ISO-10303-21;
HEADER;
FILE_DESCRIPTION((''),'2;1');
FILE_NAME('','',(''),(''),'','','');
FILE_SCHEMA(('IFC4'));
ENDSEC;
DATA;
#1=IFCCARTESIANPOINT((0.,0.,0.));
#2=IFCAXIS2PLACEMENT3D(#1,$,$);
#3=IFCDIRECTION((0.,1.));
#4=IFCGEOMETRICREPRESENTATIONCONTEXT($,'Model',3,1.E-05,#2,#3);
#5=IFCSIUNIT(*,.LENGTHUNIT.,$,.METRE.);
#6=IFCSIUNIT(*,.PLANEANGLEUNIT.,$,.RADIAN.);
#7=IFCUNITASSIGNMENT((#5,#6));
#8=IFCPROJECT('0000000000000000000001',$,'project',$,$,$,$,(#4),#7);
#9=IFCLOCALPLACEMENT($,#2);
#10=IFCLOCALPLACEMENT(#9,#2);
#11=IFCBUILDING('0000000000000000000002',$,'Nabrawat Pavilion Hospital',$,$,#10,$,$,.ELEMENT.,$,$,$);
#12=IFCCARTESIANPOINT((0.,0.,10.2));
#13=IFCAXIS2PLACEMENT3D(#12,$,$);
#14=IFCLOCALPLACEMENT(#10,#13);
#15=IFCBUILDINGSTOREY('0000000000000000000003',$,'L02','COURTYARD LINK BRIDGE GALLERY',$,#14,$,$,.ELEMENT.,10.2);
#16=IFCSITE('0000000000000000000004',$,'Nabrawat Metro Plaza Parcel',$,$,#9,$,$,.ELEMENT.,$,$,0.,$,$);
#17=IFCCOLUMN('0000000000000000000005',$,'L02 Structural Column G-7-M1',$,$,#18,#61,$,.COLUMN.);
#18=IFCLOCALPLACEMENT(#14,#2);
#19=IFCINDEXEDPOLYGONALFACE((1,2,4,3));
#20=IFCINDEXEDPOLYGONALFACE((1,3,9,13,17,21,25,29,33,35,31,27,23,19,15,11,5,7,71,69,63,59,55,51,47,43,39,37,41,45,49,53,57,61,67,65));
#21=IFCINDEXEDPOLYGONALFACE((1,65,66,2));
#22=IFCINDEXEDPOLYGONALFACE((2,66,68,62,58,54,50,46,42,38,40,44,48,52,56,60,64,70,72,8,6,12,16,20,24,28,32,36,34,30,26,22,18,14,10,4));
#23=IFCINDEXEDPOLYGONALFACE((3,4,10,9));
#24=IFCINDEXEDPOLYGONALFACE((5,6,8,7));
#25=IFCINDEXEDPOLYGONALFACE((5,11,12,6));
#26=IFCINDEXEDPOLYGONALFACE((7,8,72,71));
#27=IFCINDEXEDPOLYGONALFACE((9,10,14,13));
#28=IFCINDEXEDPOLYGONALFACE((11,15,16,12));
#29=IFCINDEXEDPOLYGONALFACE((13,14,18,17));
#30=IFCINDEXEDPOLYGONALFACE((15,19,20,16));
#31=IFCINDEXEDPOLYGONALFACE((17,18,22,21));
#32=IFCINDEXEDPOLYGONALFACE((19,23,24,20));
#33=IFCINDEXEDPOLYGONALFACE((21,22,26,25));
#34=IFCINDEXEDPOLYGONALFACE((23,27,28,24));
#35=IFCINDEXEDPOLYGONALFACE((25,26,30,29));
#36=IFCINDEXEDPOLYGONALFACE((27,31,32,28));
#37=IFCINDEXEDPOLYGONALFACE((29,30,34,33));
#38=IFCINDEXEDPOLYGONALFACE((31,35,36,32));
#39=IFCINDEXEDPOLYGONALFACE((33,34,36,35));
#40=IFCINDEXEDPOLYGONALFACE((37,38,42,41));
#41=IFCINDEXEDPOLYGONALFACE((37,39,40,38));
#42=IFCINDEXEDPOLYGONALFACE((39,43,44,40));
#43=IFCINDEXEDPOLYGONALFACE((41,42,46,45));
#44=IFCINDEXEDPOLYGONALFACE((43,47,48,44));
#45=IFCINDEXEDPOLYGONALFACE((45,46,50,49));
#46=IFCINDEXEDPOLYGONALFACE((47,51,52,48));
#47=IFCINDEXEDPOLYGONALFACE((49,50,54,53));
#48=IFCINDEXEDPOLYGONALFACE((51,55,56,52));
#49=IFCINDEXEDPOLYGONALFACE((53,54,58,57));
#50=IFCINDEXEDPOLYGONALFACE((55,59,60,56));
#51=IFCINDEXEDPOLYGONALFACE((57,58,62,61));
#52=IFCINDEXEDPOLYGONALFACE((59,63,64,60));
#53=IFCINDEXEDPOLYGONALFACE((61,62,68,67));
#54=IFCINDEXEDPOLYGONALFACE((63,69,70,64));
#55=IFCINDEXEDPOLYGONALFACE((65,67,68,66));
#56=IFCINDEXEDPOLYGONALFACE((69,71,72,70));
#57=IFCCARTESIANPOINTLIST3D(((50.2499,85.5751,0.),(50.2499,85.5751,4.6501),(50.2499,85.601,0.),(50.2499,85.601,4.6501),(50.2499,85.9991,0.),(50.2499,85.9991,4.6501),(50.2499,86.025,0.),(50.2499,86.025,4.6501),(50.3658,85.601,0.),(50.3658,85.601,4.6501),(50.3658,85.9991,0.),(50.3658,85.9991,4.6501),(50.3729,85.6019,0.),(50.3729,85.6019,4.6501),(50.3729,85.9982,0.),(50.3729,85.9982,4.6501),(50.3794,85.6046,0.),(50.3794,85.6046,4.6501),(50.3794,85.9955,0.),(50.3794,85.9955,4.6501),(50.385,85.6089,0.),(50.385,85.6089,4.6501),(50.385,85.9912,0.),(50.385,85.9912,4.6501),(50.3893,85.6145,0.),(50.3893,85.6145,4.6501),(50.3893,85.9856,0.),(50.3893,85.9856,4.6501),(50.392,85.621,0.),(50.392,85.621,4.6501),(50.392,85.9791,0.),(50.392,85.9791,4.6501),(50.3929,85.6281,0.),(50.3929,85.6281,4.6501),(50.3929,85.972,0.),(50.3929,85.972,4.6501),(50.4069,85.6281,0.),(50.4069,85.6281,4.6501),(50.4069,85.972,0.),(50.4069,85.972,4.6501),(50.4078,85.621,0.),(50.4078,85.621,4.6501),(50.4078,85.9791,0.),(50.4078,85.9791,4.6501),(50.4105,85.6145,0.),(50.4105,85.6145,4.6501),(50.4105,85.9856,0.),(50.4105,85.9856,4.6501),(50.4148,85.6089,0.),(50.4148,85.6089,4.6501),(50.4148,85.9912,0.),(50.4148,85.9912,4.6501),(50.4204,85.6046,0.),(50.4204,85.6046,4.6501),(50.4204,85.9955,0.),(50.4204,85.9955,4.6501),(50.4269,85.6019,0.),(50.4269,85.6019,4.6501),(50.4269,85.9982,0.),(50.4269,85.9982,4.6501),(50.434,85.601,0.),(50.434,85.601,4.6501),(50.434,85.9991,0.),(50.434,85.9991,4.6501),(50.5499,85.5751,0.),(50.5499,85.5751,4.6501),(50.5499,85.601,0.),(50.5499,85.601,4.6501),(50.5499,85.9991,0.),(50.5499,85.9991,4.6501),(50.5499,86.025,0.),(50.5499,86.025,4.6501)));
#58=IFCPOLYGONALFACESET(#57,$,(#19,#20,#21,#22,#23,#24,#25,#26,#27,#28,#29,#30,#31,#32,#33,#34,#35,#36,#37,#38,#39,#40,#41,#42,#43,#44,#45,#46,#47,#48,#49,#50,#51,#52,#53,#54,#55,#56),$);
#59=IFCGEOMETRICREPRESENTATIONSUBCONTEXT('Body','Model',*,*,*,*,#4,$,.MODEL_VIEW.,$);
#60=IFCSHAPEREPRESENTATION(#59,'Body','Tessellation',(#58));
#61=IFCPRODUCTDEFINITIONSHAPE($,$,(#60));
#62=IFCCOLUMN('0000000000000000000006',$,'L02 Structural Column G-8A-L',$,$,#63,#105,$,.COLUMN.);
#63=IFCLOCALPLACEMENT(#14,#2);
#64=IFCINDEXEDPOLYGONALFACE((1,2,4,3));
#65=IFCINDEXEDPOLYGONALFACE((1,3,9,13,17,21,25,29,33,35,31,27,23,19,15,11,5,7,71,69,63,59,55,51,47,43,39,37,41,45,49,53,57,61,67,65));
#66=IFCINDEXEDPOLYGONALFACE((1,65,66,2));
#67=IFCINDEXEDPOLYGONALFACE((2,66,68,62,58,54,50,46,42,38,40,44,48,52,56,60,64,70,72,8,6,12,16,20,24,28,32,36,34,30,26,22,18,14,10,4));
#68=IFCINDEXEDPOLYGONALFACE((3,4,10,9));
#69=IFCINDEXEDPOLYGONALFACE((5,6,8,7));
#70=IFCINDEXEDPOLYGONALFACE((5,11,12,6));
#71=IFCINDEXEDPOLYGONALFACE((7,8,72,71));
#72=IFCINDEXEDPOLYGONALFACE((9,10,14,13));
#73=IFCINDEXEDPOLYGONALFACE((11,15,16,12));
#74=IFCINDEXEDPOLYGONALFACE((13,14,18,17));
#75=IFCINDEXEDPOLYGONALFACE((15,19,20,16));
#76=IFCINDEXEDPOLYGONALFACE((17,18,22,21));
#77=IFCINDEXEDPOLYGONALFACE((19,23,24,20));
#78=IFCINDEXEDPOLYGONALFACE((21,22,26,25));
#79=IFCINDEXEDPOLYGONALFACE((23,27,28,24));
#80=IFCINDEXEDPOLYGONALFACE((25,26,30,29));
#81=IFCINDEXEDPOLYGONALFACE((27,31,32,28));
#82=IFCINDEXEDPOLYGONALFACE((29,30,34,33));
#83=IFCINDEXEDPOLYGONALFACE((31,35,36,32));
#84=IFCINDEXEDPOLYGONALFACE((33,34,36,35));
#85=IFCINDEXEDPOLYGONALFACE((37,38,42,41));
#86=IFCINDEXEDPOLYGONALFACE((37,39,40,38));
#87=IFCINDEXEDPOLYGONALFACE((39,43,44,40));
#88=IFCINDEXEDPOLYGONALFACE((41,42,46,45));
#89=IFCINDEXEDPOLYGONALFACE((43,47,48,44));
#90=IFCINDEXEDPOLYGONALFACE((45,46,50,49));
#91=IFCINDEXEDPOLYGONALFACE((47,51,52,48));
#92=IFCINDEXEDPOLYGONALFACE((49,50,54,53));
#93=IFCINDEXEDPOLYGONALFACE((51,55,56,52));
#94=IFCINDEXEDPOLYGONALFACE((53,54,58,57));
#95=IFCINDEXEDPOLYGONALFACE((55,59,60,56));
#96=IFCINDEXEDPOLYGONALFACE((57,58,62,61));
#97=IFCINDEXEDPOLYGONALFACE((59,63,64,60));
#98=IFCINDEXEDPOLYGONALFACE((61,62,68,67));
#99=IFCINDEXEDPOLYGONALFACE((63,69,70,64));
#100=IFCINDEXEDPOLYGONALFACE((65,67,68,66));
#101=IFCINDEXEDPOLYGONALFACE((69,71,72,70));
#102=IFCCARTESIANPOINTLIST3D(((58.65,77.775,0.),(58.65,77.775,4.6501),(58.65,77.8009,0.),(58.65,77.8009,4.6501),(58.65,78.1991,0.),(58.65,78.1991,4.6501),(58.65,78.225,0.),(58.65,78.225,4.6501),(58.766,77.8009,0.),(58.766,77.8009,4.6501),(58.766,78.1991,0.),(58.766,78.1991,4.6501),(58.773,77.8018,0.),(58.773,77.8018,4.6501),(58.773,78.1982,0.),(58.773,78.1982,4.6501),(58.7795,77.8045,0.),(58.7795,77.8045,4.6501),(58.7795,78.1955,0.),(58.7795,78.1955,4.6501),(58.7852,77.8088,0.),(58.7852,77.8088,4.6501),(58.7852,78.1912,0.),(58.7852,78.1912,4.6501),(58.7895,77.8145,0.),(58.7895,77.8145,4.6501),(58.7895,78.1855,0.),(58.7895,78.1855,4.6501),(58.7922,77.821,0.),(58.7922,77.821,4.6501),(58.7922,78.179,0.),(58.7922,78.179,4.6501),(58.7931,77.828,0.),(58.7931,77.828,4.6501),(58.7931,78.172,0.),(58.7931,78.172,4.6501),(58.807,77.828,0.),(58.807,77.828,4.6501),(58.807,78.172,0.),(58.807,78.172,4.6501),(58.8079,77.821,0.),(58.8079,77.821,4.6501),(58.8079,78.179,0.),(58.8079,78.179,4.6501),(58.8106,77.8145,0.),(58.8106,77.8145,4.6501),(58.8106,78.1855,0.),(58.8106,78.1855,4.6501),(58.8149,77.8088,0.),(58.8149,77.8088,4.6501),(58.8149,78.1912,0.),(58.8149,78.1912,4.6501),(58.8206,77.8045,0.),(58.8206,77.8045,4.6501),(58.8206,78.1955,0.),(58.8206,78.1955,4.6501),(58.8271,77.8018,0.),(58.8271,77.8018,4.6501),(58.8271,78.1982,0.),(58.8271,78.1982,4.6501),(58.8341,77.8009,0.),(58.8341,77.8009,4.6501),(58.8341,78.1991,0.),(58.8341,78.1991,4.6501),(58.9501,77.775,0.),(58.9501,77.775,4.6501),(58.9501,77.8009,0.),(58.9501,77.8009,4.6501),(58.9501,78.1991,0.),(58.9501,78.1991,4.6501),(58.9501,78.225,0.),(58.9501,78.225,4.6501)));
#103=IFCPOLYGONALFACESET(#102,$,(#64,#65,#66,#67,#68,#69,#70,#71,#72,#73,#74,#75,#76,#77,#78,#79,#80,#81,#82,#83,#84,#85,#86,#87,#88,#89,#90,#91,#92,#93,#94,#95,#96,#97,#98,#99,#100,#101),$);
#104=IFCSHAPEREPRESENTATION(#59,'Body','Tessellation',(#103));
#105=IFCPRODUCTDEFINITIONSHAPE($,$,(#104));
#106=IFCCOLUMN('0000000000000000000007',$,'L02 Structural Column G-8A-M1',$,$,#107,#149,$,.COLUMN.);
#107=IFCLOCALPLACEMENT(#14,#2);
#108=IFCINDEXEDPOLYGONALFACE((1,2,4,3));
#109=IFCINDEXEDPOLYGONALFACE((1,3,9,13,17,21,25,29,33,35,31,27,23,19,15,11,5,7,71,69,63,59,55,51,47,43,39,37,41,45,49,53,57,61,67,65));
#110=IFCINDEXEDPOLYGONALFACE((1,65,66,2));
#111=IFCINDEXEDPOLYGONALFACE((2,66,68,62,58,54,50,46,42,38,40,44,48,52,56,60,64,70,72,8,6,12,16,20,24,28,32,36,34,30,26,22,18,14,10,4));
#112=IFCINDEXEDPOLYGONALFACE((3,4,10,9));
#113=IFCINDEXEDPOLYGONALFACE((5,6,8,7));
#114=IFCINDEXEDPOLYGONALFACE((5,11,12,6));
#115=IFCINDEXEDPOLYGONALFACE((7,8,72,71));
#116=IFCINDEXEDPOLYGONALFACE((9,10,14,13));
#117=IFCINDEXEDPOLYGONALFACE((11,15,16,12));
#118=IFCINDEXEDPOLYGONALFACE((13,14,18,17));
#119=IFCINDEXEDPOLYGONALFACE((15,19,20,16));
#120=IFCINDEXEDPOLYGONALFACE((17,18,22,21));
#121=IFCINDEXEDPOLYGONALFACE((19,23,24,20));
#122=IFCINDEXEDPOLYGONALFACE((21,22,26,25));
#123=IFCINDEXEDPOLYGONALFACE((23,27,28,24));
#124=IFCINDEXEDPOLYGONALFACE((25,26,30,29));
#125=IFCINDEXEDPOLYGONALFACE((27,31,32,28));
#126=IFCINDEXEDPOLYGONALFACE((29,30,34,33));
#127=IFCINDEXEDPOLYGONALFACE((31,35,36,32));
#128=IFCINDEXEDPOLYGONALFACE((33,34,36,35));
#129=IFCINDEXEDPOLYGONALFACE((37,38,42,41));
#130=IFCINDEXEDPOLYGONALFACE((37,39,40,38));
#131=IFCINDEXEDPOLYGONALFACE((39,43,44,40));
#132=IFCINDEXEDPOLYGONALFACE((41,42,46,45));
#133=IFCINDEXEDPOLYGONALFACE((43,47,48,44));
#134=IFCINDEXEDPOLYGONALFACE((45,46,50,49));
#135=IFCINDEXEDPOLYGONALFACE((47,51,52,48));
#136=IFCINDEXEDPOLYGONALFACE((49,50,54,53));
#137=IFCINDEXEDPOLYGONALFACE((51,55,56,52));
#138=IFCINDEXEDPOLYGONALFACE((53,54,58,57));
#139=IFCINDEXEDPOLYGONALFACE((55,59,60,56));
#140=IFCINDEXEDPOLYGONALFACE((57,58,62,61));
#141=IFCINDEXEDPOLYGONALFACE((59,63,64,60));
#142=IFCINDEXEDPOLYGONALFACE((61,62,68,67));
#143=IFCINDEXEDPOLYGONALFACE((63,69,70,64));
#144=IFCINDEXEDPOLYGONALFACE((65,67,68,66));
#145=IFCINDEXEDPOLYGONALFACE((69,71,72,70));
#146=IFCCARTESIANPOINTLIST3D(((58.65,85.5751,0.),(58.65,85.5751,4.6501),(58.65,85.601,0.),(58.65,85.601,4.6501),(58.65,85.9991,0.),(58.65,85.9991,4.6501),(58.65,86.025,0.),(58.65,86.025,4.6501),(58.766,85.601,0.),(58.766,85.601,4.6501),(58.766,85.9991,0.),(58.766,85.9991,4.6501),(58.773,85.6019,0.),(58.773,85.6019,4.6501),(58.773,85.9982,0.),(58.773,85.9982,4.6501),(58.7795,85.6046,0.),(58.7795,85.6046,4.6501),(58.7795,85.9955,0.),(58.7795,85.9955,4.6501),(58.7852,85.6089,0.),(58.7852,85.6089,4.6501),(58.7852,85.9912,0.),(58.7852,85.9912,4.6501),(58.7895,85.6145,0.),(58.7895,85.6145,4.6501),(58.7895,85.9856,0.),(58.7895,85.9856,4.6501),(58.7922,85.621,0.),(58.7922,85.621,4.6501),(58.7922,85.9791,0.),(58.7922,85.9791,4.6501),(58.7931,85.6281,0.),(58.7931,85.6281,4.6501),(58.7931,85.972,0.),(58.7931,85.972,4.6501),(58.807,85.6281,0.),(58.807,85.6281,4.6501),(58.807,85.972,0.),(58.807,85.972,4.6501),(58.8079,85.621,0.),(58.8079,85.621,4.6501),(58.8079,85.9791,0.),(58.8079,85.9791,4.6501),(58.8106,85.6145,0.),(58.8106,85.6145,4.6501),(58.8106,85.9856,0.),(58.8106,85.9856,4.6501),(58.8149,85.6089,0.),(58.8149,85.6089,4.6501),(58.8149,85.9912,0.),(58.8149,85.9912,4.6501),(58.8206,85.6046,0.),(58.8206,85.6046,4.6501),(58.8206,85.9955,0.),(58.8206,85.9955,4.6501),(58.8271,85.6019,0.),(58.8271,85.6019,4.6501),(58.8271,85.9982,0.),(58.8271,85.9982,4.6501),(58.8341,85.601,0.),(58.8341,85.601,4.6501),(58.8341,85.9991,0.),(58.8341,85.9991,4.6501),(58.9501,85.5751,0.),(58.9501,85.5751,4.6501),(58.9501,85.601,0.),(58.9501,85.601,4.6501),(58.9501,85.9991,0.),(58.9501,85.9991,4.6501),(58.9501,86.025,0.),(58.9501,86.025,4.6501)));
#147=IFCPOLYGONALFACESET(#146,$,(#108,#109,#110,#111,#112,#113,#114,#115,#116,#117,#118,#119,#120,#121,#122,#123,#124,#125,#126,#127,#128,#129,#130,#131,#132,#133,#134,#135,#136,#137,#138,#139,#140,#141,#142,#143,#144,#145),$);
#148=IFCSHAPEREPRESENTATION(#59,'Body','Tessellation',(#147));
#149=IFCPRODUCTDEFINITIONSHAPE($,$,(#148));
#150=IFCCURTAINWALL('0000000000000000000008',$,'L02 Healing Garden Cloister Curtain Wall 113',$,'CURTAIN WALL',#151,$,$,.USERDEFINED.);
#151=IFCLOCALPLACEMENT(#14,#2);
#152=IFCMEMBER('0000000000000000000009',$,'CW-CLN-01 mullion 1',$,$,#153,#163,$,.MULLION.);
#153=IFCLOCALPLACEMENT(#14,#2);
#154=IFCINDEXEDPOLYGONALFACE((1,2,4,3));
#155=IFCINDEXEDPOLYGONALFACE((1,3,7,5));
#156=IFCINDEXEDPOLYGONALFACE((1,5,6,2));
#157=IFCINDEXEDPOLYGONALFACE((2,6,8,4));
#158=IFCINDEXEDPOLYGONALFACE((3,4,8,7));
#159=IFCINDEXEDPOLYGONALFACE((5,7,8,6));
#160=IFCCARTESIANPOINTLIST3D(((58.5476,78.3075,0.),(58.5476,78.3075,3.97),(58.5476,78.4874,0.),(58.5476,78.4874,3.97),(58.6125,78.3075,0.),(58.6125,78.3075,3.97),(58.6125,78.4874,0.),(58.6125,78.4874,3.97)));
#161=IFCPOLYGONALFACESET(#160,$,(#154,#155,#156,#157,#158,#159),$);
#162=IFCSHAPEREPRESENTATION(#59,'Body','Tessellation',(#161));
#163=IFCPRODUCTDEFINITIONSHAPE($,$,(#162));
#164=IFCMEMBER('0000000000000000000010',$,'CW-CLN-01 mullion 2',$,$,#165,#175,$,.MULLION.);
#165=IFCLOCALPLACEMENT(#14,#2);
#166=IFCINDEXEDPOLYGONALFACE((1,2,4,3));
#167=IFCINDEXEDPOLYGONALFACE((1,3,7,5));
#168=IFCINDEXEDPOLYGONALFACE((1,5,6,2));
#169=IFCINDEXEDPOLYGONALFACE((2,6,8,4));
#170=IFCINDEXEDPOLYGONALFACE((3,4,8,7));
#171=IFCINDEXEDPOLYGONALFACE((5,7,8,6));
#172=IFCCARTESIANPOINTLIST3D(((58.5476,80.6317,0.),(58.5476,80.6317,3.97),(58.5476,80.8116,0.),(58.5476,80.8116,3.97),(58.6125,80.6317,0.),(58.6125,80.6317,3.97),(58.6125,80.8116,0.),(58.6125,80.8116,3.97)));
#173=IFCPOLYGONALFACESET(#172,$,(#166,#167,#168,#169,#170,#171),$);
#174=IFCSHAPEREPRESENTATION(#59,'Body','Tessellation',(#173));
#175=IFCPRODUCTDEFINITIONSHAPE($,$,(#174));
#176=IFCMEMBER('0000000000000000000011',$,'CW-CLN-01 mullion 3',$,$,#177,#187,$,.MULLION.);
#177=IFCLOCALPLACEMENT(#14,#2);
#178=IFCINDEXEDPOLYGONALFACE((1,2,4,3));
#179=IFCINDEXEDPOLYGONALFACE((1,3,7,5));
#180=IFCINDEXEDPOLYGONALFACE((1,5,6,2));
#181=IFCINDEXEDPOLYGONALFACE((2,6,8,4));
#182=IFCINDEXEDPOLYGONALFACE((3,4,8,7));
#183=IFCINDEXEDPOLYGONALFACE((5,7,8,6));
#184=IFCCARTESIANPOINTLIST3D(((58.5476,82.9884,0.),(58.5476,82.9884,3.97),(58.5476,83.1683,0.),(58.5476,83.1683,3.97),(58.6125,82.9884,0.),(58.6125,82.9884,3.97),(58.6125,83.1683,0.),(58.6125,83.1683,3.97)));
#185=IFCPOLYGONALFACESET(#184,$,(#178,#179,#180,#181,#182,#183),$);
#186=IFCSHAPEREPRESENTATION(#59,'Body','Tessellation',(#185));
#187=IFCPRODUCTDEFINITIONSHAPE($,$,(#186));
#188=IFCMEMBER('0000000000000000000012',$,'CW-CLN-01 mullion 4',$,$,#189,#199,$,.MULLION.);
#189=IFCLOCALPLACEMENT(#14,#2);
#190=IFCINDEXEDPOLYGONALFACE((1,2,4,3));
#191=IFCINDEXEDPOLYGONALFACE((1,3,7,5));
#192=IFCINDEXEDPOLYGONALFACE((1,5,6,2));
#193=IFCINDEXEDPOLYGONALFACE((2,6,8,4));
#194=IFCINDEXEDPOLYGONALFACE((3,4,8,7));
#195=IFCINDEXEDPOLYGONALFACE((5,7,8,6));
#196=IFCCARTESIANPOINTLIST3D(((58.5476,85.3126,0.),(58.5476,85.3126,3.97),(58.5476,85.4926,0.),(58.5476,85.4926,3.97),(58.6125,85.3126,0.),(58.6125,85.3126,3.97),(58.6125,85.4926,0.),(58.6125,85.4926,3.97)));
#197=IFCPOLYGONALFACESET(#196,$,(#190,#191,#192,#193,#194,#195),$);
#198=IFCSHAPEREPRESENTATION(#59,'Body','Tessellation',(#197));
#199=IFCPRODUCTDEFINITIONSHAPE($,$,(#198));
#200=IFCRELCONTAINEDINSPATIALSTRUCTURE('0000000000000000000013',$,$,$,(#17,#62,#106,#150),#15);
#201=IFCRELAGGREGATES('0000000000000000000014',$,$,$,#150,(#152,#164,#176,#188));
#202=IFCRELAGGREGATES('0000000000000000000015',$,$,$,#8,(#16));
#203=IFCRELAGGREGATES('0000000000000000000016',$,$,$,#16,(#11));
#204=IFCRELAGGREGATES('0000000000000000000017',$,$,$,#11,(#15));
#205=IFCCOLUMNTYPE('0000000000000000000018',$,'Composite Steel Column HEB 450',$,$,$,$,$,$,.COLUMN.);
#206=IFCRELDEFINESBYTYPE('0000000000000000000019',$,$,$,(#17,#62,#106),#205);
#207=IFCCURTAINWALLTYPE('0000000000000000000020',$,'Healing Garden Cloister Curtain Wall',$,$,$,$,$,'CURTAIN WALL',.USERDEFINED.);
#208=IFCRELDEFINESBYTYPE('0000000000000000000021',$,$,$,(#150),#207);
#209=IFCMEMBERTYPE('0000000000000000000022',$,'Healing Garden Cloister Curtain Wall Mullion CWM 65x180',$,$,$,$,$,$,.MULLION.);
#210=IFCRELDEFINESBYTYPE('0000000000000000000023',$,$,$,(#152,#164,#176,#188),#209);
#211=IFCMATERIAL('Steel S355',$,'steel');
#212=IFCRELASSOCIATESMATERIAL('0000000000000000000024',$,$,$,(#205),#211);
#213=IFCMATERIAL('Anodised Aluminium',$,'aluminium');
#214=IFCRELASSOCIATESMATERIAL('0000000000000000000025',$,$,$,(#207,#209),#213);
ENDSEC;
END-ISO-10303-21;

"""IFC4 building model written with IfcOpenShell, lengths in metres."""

from ifc_helpers import new_model, si_unit, direction, frame, origin, origin_2d, place, context, subcontext, project, spatial, rectangle, i_section, extrude, material, material_profile, profile_set, type_object, element, aggregate, save


model = new_model("IFC4")

# Units and contexts
model_context = context("Model", 3, precision=1e-05, world=origin(), true_north=direction((0.0, 1.0)))
body_context = subcontext(model_context, "Body", "Model", "MODEL_VIEW")
ifc_project = project(units=[si_unit("LENGTHUNIT", "METRE"), si_unit("PLANEANGLEUNIT", "RADIAN")], contexts=[model_context])

# Site, building, storey
site_placement = place(None, origin())
site = spatial("IfcSite", under=ifc_project, at=site_placement, Name="Nabrawat Metro Plaza Parcel", CompositionType="ELEMENT", RefElevation=0.0)
building_placement = place(site_placement, origin())
building = spatial("IfcBuilding", under=site, at=building_placement, Name="Nabrawat Pavilion Hospital", CompositionType="ELEMENT")
storey_placement = place(building_placement, frame((0.0, 0.0, 10.2)))
storey = spatial("IfcBuildingStorey", under=building, at=storey_placement, Name="L02", Description="COURTYARD LINK BRIDGE GALLERY", CompositionType="ELEMENT", Elevation=10.2)

# Columns
ifc_material_1 = material(Name="Steel S355", Category="steel")
ifc_material_profile_1 = material_profile(ifc_material_1, i_section(OverallWidth=0.3, OverallDepth=0.45, WebThickness=0.0139, FlangeThickness=0.0259, FilletRadius=0.0271, at=origin_2d()), Name="HEB 450")
ifc_profile_set_1 = profile_set([ifc_material_profile_1], Name="Steel S355")
column_type = type_object("IfcColumnType", Name="Composite Steel Column HEB 450", PredefinedType="COLUMN", material=ifc_profile_set_1)
for number, where, z_axis, x_axis, name in (
    (1, (50.3999, 85.8, 0.0), (0.0, 0.0, 1.0), (1.0, 0.0, 0.0), "L02 Structural Column G-7-M1"),
    (2, (58.8, 78.0, 0.0), (0.0, 0.0, 1.0), (1.0, 0.0, 0.0), "L02 Structural Column G-8A-L"),
    (3, (58.8, 85.8, 0.0), (0.0, 0.0, 1.0), (1.0, 0.0, 0.0), "L02 Structural Column G-8A-M1"),
):
    element("IfcColumn", number, at=place(storey_placement, frame(where, z_axis=z_axis, x_axis=x_axis)), inside=storey, type_object=column_type, Name=name, PredefinedType="COLUMN", context=body_context, shape_type="SweptSolid", body=[
        extrude(i_section(OverallWidth=0.3, OverallDepth=0.45, WebThickness=0.0139, FlangeThickness=0.0259, FilletRadius=0.0271, at=origin_2d()), origin(), (0.0, 0.0, 1.0), 4.6501),
    ])

# Curtain wall, members
ifc_material_2 = material(Name="Anodised Aluminium", Category="aluminium")
curtain_wall_type = type_object("IfcCurtainWallType", Name="Healing Garden Cloister Curtain Wall", ElementType="CURTAIN WALL", PredefinedType="USERDEFINED", material=ifc_material_2)
curtain_wall_placement = place(storey_placement, origin())
curtain_wall = element("IfcCurtainWall", 4, at=curtain_wall_placement, inside=storey, type_object=curtain_wall_type, Name="L02 Healing Garden Cloister Curtain Wall 113", ObjectType="CURTAIN WALL", PredefinedType="USERDEFINED")
ifc_material_profile_2 = material_profile(ifc_material_2, rectangle(XDim=0.0649, YDim=0.1799, at=origin_2d()), Name="CWM 65x180")
ifc_profile_set_2 = profile_set([ifc_material_profile_2], Name="Anodised Aluminium")
member_type_1 = type_object("IfcMemberType", Name="Healing Garden Cloister Curtain Wall Mullion CWM 65x180", PredefinedType="MULLION", material=ifc_profile_set_2)
member_1_placement = place(storey_placement, frame((58.5801, 78.3975, 0.0), z_axis=(0.0, 0.0, 1.0), x_axis=(-1.0, 0.0, 0.0)))
member_1 = element("IfcMember", 5, at=member_1_placement, type_object=member_type_1, Name="CW-CLN-01 mullion 1", PredefinedType="MULLION", context=body_context, shape_type="SweptSolid", body=[
    extrude(rectangle(XDim=0.0649, YDim=0.1799, at=origin_2d()), origin(), (0.0, 0.0, 1.0), 3.97),
])
member_2_placement = place(storey_placement, frame((58.5801, 80.7217, 0.0), z_axis=(0.0, 0.0, 1.0), x_axis=(-1.0, 0.0, 0.0)))
member_2 = element("IfcMember", 6, at=member_2_placement, type_object=member_type_1, Name="CW-CLN-01 mullion 2", PredefinedType="MULLION", context=body_context, shape_type="SweptSolid", body=[
    extrude(rectangle(XDim=0.0649, YDim=0.1799, at=origin_2d()), origin(), (0.0, 0.0, 1.0), 3.97),
])
member_3_placement = place(storey_placement, frame((58.5801, 83.0784, 0.0), z_axis=(0.0, 0.0, 1.0), x_axis=(-1.0, 0.0, 0.0)))
member_3 = element("IfcMember", 7, at=member_3_placement, type_object=member_type_1, Name="CW-CLN-01 mullion 3", PredefinedType="MULLION", context=body_context, shape_type="SweptSolid", body=[
    extrude(rectangle(XDim=0.0649, YDim=0.1799, at=origin_2d()), origin(), (0.0, 0.0, 1.0), 3.97),
])
member_4_placement = place(storey_placement, frame((58.5801, 85.4026, 0.0), z_axis=(0.0, 0.0, 1.0), x_axis=(-1.0, 0.0, 0.0)))
member_4 = element("IfcMember", 8, at=member_4_placement, type_object=member_type_1, Name="CW-CLN-01 mullion 4", PredefinedType="MULLION", context=body_context, shape_type="SweptSolid", body=[
    extrude(rectangle(XDim=0.0649, YDim=0.1799, at=origin_2d()), origin(), (0.0, 0.0, 1.0), 3.97),
])

aggregate(curtain_wall, [member_1, member_2, member_3, member_4])

save(model, "model.ifc")
